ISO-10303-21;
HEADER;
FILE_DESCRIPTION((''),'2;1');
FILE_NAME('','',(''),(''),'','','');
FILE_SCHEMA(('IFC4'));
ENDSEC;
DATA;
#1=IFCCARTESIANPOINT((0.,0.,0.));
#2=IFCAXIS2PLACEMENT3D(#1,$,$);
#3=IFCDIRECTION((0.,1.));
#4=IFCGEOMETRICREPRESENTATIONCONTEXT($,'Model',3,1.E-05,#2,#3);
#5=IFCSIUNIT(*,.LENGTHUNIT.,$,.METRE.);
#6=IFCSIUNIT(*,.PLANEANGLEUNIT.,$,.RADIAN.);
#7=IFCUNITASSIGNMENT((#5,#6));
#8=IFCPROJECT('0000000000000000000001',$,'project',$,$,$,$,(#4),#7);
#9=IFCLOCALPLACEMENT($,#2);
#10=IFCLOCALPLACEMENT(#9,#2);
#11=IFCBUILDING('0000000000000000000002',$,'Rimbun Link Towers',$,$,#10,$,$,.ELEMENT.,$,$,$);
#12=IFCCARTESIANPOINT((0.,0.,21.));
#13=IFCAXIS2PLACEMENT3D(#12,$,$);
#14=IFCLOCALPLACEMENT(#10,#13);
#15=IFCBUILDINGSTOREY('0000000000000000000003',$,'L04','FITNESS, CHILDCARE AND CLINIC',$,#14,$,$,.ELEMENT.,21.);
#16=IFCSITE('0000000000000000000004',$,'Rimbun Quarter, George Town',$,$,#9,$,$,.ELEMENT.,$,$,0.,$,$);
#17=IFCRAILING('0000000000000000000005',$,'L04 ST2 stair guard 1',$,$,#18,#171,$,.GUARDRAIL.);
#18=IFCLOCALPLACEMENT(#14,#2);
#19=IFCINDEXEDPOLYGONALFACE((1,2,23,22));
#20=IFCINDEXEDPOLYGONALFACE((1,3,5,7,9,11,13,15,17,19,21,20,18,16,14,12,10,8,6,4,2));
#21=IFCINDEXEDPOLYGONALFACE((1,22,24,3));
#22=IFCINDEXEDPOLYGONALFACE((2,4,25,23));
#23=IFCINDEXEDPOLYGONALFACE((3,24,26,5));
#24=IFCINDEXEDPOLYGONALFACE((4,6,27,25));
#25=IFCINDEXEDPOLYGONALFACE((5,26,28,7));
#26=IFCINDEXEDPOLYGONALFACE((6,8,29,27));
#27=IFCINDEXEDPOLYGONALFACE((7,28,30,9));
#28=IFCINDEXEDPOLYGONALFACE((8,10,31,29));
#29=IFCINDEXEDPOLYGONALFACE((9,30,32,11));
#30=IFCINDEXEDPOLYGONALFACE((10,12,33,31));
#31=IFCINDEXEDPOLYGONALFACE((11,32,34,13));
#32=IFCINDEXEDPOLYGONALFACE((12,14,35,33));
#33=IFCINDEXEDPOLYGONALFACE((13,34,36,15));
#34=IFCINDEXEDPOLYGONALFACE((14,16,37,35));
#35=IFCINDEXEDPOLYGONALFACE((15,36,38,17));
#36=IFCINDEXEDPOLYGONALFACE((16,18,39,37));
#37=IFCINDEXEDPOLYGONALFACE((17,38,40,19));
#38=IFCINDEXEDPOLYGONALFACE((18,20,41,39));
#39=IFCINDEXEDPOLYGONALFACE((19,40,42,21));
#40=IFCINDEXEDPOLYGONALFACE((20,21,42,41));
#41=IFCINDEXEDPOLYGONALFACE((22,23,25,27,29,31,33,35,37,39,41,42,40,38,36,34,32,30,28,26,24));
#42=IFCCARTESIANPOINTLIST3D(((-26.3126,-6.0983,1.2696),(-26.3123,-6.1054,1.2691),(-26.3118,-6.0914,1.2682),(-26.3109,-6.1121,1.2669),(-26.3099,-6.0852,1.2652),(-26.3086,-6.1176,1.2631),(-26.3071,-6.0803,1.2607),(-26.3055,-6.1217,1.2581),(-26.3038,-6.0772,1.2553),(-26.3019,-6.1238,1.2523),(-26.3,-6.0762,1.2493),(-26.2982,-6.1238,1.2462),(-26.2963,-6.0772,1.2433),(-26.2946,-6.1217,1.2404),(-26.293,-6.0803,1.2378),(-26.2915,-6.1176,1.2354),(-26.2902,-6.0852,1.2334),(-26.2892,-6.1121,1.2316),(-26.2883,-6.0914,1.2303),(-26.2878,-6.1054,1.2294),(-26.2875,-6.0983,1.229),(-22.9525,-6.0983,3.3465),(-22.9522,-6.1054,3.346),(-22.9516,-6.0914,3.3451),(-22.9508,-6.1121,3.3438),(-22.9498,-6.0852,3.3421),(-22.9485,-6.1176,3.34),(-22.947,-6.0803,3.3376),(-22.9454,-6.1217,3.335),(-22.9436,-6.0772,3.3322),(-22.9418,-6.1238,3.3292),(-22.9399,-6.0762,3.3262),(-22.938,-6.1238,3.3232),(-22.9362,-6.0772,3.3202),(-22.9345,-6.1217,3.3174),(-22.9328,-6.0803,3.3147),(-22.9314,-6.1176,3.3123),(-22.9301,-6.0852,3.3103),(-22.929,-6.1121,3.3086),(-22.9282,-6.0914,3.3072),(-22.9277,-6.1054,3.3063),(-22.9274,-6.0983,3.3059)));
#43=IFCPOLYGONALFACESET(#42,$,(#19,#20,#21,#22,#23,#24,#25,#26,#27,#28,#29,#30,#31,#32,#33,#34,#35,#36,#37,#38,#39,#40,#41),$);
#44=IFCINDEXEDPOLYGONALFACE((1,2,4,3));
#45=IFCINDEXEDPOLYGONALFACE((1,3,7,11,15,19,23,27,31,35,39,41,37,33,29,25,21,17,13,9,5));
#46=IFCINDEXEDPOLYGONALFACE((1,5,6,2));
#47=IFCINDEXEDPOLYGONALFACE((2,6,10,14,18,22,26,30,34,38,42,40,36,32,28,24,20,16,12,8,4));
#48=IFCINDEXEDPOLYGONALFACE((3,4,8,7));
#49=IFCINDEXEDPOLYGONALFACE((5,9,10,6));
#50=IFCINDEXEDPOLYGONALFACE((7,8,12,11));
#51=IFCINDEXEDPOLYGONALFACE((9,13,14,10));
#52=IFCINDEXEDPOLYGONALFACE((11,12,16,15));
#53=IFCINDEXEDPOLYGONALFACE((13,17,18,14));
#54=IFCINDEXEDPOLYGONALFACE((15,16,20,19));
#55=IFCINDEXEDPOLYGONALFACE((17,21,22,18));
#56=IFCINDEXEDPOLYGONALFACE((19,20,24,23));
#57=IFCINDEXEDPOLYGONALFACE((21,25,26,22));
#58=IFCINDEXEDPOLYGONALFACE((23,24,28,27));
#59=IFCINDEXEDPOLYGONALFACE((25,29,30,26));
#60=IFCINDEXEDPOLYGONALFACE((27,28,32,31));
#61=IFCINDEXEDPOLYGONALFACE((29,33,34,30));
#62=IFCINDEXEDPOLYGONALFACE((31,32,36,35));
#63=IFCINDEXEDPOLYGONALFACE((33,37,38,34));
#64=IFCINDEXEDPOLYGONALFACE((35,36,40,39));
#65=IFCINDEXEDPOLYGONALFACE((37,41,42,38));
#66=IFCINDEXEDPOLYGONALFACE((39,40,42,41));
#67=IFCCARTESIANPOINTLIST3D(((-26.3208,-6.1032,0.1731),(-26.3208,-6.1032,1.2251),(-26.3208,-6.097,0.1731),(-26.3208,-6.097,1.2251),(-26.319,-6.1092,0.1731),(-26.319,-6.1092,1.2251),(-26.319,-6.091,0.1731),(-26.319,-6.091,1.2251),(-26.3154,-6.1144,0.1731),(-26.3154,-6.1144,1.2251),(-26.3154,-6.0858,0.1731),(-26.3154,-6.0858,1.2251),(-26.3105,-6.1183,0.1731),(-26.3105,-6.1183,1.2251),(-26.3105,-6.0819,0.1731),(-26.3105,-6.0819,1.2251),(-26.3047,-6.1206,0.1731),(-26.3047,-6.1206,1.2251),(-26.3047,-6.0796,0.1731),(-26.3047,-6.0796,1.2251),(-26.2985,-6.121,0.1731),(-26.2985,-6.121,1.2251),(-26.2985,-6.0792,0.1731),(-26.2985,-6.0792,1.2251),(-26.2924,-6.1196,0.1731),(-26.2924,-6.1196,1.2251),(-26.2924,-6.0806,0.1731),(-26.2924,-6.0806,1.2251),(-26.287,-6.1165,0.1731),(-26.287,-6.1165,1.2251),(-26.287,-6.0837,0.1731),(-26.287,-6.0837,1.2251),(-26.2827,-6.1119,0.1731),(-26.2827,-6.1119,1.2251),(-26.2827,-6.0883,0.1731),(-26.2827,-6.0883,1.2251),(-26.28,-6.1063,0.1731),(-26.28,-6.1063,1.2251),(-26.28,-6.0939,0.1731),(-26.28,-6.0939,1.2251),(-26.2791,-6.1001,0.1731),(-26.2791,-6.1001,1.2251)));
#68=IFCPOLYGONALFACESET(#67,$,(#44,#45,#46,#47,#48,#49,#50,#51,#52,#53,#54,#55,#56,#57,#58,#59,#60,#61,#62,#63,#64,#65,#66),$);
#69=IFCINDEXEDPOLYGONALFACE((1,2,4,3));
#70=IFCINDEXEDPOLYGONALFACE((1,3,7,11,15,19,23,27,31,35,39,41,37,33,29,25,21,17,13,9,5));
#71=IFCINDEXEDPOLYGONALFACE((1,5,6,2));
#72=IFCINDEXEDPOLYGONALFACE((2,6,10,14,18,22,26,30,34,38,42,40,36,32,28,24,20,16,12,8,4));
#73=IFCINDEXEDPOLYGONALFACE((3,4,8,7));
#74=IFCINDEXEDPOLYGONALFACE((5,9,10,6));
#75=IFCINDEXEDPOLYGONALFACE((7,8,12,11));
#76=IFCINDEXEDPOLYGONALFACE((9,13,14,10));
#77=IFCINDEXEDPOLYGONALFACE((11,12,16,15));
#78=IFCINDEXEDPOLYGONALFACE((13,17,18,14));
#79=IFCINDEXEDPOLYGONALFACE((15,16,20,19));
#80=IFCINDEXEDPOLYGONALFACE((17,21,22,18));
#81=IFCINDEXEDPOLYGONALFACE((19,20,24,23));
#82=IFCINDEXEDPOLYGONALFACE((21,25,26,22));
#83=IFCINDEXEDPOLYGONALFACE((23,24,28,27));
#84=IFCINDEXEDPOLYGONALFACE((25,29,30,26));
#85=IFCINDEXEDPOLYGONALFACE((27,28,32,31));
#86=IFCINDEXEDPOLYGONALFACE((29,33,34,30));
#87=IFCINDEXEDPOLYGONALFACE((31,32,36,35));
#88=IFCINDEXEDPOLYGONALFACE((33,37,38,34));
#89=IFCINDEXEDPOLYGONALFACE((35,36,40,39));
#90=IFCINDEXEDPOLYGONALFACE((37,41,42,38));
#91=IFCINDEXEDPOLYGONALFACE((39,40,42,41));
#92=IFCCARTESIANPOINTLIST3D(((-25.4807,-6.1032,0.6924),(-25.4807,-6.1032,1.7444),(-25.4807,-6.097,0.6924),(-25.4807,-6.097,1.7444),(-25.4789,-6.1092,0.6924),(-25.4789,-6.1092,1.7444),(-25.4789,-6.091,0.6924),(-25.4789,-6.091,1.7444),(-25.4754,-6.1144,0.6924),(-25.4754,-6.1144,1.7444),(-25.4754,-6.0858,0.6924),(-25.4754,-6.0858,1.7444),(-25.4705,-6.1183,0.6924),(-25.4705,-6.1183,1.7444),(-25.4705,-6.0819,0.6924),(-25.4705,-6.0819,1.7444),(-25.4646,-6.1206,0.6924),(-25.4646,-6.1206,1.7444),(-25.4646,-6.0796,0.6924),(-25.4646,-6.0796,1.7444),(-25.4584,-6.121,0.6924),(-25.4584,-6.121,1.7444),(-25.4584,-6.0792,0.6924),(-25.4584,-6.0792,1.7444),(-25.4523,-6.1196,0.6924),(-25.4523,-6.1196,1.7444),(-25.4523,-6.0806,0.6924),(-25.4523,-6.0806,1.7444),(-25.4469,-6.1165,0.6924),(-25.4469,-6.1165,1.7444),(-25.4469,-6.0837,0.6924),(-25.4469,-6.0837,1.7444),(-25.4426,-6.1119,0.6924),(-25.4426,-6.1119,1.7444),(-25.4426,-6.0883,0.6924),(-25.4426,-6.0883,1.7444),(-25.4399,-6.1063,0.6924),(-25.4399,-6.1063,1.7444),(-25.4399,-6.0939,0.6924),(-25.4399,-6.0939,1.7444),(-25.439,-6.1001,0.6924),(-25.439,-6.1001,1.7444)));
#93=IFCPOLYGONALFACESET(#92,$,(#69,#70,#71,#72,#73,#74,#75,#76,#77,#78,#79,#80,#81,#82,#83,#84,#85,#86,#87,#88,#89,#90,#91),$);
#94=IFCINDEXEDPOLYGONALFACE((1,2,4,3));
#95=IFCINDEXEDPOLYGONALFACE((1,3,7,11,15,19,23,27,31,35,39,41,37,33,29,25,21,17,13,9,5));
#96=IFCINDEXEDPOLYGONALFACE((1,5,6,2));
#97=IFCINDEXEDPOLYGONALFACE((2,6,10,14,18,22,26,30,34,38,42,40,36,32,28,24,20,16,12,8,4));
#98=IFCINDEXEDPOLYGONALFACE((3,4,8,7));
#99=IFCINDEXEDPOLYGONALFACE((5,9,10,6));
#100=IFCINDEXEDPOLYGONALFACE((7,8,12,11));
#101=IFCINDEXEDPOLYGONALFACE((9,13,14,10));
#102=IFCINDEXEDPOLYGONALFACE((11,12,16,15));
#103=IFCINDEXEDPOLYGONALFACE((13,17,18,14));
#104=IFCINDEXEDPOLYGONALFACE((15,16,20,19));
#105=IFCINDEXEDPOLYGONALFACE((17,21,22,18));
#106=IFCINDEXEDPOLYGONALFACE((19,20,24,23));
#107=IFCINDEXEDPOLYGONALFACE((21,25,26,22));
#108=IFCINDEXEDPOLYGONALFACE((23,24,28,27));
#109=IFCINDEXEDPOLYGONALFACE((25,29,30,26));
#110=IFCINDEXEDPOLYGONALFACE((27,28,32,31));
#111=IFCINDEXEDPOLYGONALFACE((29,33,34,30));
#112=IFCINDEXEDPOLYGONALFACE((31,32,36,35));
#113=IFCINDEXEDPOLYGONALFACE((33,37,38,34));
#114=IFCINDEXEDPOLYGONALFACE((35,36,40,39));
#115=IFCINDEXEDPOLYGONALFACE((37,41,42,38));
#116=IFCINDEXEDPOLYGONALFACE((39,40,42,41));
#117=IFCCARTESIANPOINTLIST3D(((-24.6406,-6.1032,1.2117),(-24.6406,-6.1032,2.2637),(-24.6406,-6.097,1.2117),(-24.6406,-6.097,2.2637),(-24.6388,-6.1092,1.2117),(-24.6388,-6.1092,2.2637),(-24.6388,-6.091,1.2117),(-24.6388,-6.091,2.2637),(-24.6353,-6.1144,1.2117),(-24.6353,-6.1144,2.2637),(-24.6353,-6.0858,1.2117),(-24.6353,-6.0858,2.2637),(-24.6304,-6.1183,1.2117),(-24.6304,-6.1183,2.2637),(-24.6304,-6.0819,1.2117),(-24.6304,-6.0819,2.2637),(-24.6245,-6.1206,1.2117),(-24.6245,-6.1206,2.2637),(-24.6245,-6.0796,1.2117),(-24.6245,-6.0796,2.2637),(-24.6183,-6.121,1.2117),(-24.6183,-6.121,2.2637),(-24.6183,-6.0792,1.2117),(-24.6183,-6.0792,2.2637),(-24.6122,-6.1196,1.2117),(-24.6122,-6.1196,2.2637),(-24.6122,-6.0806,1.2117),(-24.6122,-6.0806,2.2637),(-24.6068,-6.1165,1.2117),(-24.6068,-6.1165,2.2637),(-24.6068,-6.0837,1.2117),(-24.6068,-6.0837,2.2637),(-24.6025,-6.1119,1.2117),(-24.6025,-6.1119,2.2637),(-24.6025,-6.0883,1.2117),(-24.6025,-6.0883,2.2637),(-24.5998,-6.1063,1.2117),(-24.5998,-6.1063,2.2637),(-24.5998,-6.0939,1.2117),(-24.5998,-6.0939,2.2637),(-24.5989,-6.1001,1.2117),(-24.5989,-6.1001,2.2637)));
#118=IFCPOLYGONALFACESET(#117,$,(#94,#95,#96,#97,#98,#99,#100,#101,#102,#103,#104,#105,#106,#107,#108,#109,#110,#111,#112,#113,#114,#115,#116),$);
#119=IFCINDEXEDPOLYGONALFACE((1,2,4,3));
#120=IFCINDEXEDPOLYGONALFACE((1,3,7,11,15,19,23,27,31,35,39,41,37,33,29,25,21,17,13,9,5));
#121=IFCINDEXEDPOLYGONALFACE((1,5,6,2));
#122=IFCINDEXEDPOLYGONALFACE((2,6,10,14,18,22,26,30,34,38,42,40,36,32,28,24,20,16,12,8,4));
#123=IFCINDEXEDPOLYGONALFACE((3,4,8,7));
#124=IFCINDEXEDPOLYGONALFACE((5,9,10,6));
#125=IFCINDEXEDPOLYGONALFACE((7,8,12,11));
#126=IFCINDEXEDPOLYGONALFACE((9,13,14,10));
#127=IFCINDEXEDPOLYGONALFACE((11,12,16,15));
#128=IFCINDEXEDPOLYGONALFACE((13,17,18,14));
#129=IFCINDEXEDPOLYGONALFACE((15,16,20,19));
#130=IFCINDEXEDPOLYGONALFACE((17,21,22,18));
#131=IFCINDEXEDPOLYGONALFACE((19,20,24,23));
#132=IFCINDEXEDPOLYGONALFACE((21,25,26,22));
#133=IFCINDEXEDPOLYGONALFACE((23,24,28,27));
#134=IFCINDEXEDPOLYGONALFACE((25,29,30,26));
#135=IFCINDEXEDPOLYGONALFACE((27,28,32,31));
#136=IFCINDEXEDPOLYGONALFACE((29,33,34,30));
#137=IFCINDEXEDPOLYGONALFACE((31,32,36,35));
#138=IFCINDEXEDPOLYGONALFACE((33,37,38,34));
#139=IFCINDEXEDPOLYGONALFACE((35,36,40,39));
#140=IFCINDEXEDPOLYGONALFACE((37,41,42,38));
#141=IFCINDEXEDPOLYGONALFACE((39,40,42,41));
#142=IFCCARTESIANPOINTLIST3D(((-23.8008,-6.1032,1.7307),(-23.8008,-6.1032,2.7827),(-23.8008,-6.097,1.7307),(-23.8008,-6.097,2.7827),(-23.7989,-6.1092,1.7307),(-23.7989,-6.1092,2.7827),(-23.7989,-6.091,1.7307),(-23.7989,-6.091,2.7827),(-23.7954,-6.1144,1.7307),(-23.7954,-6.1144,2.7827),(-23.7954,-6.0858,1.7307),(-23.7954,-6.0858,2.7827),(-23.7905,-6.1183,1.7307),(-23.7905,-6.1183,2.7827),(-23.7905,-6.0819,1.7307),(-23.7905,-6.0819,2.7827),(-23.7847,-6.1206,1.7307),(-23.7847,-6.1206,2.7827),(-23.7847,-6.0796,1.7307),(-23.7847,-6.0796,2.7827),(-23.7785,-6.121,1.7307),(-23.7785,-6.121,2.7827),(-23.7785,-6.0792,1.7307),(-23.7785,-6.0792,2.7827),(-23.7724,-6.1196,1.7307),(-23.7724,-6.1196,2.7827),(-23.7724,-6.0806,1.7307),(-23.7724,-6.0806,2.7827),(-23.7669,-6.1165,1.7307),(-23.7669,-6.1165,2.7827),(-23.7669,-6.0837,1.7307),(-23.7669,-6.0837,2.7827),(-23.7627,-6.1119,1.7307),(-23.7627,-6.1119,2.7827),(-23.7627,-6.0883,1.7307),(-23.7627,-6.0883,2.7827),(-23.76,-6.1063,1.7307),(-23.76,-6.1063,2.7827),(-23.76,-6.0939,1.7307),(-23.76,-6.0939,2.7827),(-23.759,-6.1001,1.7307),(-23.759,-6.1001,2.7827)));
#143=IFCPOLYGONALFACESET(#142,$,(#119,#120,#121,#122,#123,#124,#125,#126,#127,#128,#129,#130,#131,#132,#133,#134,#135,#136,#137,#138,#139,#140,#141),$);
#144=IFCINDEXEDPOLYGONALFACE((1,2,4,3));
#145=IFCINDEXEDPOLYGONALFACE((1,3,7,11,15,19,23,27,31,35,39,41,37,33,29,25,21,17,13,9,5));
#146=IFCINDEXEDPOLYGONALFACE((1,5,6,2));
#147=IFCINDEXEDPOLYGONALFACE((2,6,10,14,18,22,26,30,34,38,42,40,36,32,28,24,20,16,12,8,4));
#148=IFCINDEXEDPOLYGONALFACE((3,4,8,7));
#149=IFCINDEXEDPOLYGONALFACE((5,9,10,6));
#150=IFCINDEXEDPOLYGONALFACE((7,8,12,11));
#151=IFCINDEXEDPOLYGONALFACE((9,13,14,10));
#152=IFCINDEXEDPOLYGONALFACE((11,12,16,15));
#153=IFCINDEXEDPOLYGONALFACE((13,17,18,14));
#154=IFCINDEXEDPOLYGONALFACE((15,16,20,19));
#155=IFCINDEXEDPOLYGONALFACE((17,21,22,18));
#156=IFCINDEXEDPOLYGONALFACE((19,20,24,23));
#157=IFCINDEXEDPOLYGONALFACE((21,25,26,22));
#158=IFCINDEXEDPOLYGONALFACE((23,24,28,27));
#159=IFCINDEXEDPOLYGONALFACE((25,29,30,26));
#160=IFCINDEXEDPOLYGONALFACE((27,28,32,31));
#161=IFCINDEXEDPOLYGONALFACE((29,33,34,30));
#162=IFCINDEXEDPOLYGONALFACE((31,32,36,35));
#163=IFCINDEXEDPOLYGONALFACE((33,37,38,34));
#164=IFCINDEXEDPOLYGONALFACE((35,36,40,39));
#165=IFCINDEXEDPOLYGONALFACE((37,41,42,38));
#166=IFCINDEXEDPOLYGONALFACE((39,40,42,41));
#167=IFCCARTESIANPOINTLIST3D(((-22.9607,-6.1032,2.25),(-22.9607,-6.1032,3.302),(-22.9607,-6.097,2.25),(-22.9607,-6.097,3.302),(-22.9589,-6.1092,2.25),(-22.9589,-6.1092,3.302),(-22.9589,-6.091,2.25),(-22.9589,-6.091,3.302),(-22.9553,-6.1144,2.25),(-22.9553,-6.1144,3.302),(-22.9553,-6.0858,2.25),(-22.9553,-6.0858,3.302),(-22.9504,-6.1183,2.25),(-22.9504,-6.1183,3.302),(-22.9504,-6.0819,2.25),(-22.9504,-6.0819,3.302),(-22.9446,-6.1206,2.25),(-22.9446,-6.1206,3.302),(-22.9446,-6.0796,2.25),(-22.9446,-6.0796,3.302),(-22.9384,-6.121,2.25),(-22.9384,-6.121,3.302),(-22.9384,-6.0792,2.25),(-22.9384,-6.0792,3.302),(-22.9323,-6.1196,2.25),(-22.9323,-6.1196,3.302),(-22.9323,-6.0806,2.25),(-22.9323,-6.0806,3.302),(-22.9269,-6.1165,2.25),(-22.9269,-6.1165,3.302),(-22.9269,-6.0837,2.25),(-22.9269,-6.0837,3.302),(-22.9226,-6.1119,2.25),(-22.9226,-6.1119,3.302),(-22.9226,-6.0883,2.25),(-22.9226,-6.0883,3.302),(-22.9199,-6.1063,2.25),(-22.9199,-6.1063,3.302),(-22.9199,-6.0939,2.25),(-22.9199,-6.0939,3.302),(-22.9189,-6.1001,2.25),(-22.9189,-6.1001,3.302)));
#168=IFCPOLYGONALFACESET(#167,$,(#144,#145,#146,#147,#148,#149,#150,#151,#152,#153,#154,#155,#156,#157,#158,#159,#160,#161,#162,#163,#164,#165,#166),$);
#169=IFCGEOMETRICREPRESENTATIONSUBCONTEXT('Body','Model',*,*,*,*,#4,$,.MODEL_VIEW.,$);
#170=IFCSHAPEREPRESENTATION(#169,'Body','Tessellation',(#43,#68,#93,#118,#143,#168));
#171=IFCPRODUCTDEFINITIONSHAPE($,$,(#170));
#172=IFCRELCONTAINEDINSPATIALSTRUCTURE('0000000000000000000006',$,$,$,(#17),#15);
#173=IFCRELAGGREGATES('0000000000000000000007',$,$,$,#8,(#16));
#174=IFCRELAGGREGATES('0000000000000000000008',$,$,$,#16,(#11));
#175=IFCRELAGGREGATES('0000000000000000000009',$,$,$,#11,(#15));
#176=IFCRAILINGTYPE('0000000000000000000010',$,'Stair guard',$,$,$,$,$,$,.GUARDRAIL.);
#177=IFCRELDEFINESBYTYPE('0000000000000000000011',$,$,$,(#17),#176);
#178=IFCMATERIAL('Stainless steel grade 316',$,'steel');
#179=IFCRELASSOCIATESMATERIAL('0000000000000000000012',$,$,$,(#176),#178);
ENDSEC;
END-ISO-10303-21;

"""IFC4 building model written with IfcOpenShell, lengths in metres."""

from ifc_helpers import new_model, si_unit, direction, frame, origin, origin_2d, place, context, subcontext, project, spatial, circle, extrude, material, type_object, element, save


model = new_model("IFC4")

# Units and contexts
model_context = context("Model", 3, precision=1e-05, world=origin(), true_north=direction((0.0, 1.0)))
body_context = subcontext(model_context, "Body", "Model", "MODEL_VIEW")
ifc_project = project(units=[si_unit("LENGTHUNIT", "METRE"), si_unit("PLANEANGLEUNIT", "RADIAN")], contexts=[model_context])

# Site, building, storey
site_placement = place(None, origin())
site = spatial("IfcSite", under=ifc_project, at=site_placement, Name="Rimbun Quarter, George Town", CompositionType="ELEMENT", RefElevation=0.0)
building_placement = place(site_placement, origin())
building = spatial("IfcBuilding", under=site, at=building_placement, Name="Rimbun Link Towers", CompositionType="ELEMENT")
storey_placement = place(building_placement, frame((0.0, 0.0, 21.0)))
storey = spatial("IfcBuildingStorey", under=building, at=storey_placement, Name="L04", Description="FITNESS, CHILDCARE AND CLINIC", CompositionType="ELEMENT", Elevation=21.0)

# Railing
ifc_material_1 = material(Name="Stainless steel grade 316", Category="steel")
railing_type_1 = type_object("IfcRailingType", Name="Stair guard", PredefinedType="GUARDRAIL", material=ifc_material_1)
railing_1_placement = place(storey_placement, frame((-26.3, -6.1001, 0.1731)))
element("IfcRailing", 1, at=railing_1_placement, inside=storey, type_object=railing_type_1, Name="L04 ST2 stair guard 1", PredefinedType="GUARDRAIL", context=body_context, shape_type="SweptSolid", body=[
    extrude(circle(Radius=0.0239, at=origin_2d()), frame((0.0, 0.0, 1.0762), z_axis=(0.850623, 0.0, 0.525776), x_axis=(0.0, 1.0, 0.0)), (0.0, 0.0, 1.0), 3.9502),
    extrude(circle(Radius=0.021, at=origin_2d()), origin(), (0.0, 0.0, 1.0), 1.052),
    extrude(circle(Radius=0.021, at=origin_2d()), frame((0.8401, 0.0, 0.5193)), (0.0, 0.0, 1.0), 1.052),
    extrude(circle(Radius=0.021, at=origin_2d()), frame((1.6802, 0.0, 1.0386)), (0.0, 0.0, 1.0), 1.052),
    extrude(circle(Radius=0.021, at=origin_2d()), frame((2.52, 0.0, 1.5576)), (0.0, 0.0, 1.0), 1.052),
    extrude(circle(Radius=0.021, at=origin_2d()), frame((3.3601, 0.0, 2.0769)), (0.0, 0.0, 1.0), 1.052),
])

save(model, "model.ifc")
